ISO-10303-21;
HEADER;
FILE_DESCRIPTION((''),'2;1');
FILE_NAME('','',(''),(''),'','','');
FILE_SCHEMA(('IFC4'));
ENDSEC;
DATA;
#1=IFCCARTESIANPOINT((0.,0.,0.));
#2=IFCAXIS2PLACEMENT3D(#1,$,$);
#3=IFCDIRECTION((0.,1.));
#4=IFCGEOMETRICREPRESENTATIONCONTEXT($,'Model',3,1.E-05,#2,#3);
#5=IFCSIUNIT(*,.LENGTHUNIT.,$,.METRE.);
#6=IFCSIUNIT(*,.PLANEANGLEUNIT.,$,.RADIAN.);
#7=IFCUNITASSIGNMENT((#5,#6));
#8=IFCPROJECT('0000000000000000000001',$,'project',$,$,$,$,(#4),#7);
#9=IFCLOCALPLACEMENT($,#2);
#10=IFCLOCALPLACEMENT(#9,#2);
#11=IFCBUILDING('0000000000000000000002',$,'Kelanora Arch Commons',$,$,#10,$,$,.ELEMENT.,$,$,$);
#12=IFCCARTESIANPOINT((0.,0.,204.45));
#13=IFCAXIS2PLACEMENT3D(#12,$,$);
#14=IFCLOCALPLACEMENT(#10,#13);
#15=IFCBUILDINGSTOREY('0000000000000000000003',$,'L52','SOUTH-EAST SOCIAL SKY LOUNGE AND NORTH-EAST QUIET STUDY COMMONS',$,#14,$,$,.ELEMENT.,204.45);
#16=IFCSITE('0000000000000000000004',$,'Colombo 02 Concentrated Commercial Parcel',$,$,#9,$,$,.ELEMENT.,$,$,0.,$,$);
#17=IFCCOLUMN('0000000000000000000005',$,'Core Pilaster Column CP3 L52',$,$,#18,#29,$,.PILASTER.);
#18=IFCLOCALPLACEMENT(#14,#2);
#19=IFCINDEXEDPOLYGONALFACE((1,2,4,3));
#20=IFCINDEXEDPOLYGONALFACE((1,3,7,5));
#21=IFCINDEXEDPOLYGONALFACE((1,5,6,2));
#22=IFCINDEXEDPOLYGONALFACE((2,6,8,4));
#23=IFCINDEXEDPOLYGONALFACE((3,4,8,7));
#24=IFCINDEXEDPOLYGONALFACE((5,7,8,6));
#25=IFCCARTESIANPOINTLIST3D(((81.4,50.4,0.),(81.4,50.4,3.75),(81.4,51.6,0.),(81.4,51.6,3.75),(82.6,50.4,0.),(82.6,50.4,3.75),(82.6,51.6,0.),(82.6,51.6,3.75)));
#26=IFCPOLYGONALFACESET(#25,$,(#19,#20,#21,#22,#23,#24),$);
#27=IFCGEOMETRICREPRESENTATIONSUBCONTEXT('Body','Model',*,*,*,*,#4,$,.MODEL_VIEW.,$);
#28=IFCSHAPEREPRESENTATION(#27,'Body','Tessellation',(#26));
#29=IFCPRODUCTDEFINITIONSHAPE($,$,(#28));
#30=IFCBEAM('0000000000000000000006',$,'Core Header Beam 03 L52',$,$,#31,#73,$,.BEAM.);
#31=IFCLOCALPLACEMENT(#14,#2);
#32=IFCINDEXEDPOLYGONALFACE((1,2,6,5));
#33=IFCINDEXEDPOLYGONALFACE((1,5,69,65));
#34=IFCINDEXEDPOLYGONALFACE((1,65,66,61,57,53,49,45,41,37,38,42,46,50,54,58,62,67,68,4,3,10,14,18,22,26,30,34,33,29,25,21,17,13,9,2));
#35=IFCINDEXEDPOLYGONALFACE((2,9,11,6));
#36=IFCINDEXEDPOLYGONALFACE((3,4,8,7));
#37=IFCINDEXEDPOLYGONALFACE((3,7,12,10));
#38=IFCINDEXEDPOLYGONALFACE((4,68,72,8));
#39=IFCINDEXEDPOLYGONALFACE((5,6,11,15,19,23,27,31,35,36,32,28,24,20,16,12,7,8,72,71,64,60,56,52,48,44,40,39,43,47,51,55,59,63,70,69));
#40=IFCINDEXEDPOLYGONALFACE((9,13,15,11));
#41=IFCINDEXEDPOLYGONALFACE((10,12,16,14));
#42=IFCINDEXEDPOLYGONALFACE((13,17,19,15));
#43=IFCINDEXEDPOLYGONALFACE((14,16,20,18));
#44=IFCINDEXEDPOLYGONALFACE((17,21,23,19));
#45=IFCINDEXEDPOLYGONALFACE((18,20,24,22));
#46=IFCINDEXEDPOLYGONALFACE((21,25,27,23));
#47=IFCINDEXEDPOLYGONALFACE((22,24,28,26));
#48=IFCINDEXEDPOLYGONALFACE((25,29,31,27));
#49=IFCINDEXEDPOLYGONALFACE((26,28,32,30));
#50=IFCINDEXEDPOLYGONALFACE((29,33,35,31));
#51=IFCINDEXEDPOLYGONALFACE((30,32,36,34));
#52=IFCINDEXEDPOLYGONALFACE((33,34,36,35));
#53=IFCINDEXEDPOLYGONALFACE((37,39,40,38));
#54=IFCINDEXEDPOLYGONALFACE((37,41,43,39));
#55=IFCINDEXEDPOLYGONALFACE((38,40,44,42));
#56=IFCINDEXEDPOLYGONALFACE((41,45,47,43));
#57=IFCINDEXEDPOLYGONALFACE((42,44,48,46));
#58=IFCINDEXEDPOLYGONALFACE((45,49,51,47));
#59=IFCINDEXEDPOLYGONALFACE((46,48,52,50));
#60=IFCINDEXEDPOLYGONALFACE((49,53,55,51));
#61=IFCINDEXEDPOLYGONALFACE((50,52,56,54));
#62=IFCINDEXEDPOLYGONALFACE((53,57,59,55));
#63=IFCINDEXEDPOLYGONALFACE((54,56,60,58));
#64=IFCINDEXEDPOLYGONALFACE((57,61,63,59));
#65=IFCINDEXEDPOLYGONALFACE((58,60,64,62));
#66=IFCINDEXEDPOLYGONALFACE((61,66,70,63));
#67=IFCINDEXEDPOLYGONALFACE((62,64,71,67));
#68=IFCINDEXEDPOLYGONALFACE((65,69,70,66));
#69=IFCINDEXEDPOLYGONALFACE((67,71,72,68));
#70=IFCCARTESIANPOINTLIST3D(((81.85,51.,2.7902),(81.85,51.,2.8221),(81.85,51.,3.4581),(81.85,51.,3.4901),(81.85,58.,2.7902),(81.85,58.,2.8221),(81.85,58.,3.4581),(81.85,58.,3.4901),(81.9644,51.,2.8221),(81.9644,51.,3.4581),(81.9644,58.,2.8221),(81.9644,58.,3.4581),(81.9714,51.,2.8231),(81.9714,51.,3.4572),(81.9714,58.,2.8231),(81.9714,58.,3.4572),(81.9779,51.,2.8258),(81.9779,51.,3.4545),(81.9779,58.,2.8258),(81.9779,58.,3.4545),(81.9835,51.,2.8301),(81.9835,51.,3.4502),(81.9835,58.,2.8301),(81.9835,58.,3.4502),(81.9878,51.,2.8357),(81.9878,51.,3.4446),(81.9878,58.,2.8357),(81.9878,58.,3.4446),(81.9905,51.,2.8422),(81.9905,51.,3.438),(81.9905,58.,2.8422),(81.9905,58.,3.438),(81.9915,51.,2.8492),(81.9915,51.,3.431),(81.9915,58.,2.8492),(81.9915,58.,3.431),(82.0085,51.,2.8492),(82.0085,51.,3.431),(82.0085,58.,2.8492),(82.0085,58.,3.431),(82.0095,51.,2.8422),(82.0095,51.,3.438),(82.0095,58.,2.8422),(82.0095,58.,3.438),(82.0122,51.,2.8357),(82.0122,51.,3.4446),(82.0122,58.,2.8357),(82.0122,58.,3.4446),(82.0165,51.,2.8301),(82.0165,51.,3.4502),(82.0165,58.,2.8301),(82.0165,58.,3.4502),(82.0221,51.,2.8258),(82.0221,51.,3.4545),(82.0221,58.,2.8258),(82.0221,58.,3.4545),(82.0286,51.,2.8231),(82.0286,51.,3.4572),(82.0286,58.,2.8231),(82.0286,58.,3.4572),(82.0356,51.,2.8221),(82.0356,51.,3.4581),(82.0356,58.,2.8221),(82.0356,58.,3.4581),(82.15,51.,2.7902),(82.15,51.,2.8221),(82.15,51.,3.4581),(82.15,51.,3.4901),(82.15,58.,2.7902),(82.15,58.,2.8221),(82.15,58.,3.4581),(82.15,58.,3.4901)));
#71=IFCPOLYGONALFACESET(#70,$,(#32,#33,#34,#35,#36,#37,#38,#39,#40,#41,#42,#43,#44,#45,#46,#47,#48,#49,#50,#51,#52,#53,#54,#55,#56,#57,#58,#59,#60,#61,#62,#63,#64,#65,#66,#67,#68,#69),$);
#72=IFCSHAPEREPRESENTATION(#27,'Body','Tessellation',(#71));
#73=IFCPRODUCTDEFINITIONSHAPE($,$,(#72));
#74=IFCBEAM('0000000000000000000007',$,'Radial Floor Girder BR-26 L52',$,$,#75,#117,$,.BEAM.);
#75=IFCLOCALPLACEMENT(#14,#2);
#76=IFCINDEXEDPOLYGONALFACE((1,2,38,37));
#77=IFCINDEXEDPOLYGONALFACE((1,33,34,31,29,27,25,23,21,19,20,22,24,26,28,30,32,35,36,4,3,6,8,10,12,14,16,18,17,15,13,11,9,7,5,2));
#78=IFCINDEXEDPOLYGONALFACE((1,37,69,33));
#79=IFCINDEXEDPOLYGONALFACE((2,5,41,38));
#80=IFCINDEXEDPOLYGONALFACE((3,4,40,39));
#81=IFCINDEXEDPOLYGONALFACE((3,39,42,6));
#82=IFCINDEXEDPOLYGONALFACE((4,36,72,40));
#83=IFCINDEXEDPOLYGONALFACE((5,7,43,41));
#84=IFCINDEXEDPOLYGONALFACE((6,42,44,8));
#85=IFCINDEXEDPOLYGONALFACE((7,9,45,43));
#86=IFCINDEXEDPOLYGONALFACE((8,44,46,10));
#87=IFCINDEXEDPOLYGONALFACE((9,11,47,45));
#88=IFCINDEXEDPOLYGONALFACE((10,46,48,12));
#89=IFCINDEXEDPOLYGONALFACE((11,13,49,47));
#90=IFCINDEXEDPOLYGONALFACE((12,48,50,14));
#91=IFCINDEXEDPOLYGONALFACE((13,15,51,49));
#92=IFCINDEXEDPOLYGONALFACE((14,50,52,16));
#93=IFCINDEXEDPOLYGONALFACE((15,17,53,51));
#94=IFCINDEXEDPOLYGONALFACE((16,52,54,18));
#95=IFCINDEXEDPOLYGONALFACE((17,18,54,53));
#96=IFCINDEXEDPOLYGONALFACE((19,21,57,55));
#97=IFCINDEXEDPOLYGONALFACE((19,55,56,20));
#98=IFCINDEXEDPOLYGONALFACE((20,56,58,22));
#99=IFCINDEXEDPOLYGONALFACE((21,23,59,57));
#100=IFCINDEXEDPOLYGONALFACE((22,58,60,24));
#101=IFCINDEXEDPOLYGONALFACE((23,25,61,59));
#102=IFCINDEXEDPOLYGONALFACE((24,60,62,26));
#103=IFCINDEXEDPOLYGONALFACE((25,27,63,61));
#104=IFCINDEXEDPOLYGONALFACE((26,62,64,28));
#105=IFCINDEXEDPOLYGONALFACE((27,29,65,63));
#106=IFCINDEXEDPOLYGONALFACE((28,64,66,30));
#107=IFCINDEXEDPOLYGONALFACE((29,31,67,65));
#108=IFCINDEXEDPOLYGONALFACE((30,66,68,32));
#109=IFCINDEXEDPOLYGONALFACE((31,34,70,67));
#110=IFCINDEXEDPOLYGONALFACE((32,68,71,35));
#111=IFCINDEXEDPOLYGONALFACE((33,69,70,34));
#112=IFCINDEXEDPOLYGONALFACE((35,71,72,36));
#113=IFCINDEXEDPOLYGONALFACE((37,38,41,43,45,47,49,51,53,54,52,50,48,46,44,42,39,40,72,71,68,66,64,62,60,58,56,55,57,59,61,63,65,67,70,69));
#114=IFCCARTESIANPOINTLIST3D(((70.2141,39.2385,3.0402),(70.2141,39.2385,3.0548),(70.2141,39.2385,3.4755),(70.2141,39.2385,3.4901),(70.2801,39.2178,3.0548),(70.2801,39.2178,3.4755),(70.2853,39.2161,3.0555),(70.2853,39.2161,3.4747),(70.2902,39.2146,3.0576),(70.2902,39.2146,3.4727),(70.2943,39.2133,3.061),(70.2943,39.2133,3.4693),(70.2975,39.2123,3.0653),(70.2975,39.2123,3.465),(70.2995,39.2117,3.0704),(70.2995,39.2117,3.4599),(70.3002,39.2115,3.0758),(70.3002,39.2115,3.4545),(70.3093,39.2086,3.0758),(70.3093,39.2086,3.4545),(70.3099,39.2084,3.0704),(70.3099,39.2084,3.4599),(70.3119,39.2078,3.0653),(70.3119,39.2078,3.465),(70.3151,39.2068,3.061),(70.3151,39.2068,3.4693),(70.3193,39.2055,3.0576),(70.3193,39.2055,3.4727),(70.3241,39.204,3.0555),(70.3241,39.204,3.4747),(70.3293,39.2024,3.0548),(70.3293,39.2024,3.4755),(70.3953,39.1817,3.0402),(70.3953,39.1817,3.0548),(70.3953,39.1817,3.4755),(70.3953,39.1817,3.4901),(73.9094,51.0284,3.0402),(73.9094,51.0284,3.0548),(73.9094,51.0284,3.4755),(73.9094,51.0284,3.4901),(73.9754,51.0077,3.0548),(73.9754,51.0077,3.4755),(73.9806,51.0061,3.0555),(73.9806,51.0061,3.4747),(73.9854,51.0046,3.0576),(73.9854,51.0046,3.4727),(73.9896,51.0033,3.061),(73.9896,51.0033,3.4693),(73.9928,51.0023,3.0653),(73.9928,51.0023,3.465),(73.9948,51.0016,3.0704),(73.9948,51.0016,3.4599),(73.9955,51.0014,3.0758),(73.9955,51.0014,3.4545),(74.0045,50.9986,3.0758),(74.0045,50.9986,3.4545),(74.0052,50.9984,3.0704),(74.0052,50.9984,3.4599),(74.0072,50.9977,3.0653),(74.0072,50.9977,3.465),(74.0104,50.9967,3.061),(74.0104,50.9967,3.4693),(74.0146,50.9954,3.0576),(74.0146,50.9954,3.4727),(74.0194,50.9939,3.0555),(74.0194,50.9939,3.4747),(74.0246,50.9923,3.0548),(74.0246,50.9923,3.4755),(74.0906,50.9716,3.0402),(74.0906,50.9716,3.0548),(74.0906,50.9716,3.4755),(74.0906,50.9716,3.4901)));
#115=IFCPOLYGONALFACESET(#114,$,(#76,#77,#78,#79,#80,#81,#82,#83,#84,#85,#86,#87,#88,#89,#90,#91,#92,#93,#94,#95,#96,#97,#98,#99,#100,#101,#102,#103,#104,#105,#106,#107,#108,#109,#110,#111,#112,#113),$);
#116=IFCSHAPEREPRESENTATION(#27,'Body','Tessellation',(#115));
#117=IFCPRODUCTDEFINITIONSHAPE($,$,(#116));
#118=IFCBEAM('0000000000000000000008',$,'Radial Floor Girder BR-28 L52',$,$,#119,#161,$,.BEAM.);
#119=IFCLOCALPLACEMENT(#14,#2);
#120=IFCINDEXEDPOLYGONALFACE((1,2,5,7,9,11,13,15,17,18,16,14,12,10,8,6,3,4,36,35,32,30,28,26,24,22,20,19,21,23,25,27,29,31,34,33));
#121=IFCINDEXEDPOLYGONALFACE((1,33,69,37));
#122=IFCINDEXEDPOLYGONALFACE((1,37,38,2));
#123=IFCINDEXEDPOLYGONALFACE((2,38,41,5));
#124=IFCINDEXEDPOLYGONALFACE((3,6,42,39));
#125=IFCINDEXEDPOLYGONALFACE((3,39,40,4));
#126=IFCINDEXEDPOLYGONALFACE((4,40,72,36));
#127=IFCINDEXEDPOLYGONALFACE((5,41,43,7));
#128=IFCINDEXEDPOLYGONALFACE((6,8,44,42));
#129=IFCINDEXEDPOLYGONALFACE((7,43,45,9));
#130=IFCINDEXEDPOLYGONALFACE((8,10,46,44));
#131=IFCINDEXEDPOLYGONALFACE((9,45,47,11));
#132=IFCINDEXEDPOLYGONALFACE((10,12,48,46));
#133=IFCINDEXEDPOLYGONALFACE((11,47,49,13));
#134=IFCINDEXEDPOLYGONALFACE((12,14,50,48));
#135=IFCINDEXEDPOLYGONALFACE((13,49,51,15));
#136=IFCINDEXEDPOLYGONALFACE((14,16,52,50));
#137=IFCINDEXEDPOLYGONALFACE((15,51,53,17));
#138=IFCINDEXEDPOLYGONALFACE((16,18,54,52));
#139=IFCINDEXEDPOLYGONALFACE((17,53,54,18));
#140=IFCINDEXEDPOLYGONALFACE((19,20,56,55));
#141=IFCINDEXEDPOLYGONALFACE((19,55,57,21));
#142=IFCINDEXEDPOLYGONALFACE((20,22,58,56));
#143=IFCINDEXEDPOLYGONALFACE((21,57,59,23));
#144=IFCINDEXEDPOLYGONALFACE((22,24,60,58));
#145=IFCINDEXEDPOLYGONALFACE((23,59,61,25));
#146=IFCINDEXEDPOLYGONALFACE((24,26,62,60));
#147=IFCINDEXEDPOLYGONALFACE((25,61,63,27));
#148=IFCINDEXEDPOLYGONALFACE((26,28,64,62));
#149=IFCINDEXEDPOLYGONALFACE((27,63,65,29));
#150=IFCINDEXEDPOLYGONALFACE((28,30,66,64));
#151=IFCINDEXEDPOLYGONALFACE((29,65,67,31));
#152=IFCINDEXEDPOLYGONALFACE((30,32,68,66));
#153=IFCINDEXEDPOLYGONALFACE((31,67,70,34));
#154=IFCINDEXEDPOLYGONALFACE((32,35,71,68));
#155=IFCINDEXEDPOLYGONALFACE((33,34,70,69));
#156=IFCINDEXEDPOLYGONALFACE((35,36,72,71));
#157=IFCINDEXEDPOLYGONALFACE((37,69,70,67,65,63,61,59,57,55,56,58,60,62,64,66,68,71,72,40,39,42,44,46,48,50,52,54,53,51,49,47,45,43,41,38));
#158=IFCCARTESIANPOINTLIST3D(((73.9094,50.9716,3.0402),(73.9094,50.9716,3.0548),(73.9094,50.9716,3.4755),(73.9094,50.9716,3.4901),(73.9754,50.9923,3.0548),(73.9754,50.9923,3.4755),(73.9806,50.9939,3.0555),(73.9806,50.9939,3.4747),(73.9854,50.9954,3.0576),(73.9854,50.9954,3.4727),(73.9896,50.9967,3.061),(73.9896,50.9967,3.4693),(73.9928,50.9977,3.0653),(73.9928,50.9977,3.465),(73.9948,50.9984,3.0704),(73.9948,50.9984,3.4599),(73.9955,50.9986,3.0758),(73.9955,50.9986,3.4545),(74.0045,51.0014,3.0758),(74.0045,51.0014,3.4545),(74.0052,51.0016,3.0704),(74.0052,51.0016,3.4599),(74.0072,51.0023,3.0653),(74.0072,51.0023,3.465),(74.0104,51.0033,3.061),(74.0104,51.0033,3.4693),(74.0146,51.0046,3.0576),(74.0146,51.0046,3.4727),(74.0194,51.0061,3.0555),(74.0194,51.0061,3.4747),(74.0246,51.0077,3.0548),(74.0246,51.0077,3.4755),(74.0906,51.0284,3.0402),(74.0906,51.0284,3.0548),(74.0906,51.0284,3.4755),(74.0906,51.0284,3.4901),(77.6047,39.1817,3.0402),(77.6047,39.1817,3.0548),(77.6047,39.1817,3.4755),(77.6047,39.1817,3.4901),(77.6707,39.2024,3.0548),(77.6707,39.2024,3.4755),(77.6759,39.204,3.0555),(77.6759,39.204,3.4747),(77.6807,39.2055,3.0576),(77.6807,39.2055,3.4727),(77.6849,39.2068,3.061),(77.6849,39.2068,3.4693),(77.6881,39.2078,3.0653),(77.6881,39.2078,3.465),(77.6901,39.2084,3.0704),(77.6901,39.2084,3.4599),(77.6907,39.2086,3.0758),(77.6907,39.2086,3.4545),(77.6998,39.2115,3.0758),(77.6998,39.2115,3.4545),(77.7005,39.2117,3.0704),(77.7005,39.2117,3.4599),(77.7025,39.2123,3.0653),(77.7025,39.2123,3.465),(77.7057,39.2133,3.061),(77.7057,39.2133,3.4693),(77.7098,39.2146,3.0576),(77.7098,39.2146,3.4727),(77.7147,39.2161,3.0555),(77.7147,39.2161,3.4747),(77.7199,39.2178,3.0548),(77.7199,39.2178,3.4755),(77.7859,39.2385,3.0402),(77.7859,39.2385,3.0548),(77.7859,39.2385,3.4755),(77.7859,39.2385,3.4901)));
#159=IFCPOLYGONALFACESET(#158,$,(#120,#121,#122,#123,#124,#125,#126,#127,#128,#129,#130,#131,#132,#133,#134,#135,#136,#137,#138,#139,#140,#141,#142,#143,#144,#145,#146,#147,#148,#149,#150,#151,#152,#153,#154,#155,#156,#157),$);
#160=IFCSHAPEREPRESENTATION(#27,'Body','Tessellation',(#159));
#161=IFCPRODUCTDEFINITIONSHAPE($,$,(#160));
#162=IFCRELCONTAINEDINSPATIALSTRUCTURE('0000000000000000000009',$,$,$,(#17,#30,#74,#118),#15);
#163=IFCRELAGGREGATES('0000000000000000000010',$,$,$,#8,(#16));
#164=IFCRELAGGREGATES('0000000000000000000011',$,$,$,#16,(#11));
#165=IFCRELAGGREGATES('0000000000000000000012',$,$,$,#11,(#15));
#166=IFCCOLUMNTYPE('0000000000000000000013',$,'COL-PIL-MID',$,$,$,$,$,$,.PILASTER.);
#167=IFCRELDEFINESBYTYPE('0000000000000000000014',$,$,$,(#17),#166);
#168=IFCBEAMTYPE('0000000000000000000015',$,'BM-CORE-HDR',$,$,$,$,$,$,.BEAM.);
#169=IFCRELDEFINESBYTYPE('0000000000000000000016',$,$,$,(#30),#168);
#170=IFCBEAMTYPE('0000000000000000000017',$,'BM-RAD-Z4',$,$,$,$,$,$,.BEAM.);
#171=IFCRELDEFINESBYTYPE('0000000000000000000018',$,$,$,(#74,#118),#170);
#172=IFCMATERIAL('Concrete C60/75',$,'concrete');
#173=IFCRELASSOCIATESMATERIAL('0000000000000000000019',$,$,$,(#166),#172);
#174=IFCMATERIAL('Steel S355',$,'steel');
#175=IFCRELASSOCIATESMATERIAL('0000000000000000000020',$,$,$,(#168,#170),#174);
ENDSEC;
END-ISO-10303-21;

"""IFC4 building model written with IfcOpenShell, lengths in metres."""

from ifc_helpers import new_model, si_unit, direction, frame, origin, origin_2d, place, context, subcontext, project, spatial, rectangle, i_section, extrude, material, material_profile, profile_set, type_object, element, save


model = new_model("IFC4")

# Units and contexts
model_context = context("Model", 3, precision=1e-05, world=origin(), true_north=direction((0.0, 1.0)))
body_context = subcontext(model_context, "Body", "Model", "MODEL_VIEW")
ifc_project = project(units=[si_unit("LENGTHUNIT", "METRE"), si_unit("PLANEANGLEUNIT", "RADIAN")], contexts=[model_context])

# Site, building, storey
site_placement = place(None, origin())
site = spatial("IfcSite", under=ifc_project, at=site_placement, Name="Colombo 02 Concentrated Commercial Parcel", CompositionType="ELEMENT", RefElevation=0.0)
building_placement = place(site_placement, origin())
building = spatial("IfcBuilding", under=site, at=building_placement, Name="Kelanora Arch Commons", CompositionType="ELEMENT")
storey_placement = place(building_placement, frame((0.0, 0.0, 204.45)))
storey = spatial("IfcBuildingStorey", under=building, at=storey_placement, Name="L52", Description="SOUTH-EAST SOCIAL SKY LOUNGE AND NORTH-EAST QUIET STUDY COMMONS", CompositionType="ELEMENT", Elevation=204.45)

# Column
ifc_material_1 = material(Name="Concrete C60/75", Category="concrete")
ifc_material_profile_1 = material_profile(ifc_material_1, rectangle(XDim=1.2, YDim=1.2, at=origin_2d()), Name="RC1200x1200")
ifc_profile_set_1 = profile_set([ifc_material_profile_1], Name="Concrete C60/75")
column_type = type_object("IfcColumnType", Name="COL-PIL-MID", PredefinedType="PILASTER", material=ifc_profile_set_1)
column_placement = place(storey_placement, frame((82.0, 51.0, 0.0), z_axis=(0.0, 0.0, 1.0), x_axis=(1.0, 0.0, 0.0)))
element("IfcColumn", 1, at=column_placement, inside=storey, type_object=column_type, Name="Core Pilaster Column CP3 L52", PredefinedType="PILASTER", context=body_context, shape_type="SweptSolid", body=[
    extrude(rectangle(XDim=1.2, YDim=1.2, at=origin_2d()), origin(), (0.0, 0.0, 1.0), 3.75),
])

# Beams
ifc_material_2 = material(Name="Steel S355", Category="steel")
ifc_material_profile_2 = material_profile(ifc_material_2, i_section(OverallWidth=0.3, OverallDepth=0.7, WebThickness=0.0171, FlangeThickness=0.032, FilletRadius=0.0271, at=origin_2d()), Name="HEB700")
ifc_profile_set_2 = profile_set([ifc_material_profile_2], Name="Steel S355")
beam_type_1 = type_object("IfcBeamType", Name="BM-CORE-HDR", PredefinedType="BEAM", material=ifc_profile_set_2)
beam_1_placement = place(storey_placement, frame((82.0, 51.0, 3.1401), z_axis=(0.0, 1.0, 0.0), x_axis=(-1.0, 0.0, 0.0)))
element("IfcBeam", 2, at=beam_1_placement, inside=storey, type_object=beam_type_1, Name="Core Header Beam 03 L52", PredefinedType="BEAM", context=body_context, shape_type="SweptSolid", body=[
    extrude(i_section(OverallWidth=0.3, OverallDepth=0.7, WebThickness=0.0171, FlangeThickness=0.032, FilletRadius=0.0271, at=origin_2d()), origin(), (0.0, 0.0, 1.0), 7.0),
])
ifc_material_profile_3 = material_profile(ifc_material_2, i_section(OverallWidth=0.1899, OverallDepth=0.45, WebThickness=0.0095, FlangeThickness=0.0146, FilletRadius=0.021, at=origin_2d()), Name="IPE450")
ifc_profile_set_3 = profile_set([ifc_material_profile_3], Name="Steel S355")
beam_type_2 = type_object("IfcBeamType", Name="BM-RAD-Z4", PredefinedType="BEAM", material=ifc_profile_set_3)
for number, where, z_axis, x_axis, name in (
    (3, (74.0, 51.0, 3.2651), (-0.29908, -0.954228, 0.0), (0.954228, -0.29908, 0.0), "Radial Floor Girder BR-26 L52"),
    (4, (74.0, 51.0, 3.2651), (0.29908, -0.954228, 0.0), (0.954228, 0.29908, 0.0), "Radial Floor Girder BR-28 L52"),
):
    element("IfcBeam", number, at=place(storey_placement, frame(where, z_axis=z_axis, x_axis=x_axis)), inside=storey, type_object=beam_type_2, Name=name, PredefinedType="BEAM", context=body_context, shape_type="SweptSolid", body=[
        extrude(i_section(OverallWidth=0.1899, OverallDepth=0.45, WebThickness=0.0095, FlangeThickness=0.0146, FilletRadius=0.021, at=origin_2d()), origin(), (0.0, 0.0, 1.0), 12.3555),
    ])

save(model, "model.ifc")
